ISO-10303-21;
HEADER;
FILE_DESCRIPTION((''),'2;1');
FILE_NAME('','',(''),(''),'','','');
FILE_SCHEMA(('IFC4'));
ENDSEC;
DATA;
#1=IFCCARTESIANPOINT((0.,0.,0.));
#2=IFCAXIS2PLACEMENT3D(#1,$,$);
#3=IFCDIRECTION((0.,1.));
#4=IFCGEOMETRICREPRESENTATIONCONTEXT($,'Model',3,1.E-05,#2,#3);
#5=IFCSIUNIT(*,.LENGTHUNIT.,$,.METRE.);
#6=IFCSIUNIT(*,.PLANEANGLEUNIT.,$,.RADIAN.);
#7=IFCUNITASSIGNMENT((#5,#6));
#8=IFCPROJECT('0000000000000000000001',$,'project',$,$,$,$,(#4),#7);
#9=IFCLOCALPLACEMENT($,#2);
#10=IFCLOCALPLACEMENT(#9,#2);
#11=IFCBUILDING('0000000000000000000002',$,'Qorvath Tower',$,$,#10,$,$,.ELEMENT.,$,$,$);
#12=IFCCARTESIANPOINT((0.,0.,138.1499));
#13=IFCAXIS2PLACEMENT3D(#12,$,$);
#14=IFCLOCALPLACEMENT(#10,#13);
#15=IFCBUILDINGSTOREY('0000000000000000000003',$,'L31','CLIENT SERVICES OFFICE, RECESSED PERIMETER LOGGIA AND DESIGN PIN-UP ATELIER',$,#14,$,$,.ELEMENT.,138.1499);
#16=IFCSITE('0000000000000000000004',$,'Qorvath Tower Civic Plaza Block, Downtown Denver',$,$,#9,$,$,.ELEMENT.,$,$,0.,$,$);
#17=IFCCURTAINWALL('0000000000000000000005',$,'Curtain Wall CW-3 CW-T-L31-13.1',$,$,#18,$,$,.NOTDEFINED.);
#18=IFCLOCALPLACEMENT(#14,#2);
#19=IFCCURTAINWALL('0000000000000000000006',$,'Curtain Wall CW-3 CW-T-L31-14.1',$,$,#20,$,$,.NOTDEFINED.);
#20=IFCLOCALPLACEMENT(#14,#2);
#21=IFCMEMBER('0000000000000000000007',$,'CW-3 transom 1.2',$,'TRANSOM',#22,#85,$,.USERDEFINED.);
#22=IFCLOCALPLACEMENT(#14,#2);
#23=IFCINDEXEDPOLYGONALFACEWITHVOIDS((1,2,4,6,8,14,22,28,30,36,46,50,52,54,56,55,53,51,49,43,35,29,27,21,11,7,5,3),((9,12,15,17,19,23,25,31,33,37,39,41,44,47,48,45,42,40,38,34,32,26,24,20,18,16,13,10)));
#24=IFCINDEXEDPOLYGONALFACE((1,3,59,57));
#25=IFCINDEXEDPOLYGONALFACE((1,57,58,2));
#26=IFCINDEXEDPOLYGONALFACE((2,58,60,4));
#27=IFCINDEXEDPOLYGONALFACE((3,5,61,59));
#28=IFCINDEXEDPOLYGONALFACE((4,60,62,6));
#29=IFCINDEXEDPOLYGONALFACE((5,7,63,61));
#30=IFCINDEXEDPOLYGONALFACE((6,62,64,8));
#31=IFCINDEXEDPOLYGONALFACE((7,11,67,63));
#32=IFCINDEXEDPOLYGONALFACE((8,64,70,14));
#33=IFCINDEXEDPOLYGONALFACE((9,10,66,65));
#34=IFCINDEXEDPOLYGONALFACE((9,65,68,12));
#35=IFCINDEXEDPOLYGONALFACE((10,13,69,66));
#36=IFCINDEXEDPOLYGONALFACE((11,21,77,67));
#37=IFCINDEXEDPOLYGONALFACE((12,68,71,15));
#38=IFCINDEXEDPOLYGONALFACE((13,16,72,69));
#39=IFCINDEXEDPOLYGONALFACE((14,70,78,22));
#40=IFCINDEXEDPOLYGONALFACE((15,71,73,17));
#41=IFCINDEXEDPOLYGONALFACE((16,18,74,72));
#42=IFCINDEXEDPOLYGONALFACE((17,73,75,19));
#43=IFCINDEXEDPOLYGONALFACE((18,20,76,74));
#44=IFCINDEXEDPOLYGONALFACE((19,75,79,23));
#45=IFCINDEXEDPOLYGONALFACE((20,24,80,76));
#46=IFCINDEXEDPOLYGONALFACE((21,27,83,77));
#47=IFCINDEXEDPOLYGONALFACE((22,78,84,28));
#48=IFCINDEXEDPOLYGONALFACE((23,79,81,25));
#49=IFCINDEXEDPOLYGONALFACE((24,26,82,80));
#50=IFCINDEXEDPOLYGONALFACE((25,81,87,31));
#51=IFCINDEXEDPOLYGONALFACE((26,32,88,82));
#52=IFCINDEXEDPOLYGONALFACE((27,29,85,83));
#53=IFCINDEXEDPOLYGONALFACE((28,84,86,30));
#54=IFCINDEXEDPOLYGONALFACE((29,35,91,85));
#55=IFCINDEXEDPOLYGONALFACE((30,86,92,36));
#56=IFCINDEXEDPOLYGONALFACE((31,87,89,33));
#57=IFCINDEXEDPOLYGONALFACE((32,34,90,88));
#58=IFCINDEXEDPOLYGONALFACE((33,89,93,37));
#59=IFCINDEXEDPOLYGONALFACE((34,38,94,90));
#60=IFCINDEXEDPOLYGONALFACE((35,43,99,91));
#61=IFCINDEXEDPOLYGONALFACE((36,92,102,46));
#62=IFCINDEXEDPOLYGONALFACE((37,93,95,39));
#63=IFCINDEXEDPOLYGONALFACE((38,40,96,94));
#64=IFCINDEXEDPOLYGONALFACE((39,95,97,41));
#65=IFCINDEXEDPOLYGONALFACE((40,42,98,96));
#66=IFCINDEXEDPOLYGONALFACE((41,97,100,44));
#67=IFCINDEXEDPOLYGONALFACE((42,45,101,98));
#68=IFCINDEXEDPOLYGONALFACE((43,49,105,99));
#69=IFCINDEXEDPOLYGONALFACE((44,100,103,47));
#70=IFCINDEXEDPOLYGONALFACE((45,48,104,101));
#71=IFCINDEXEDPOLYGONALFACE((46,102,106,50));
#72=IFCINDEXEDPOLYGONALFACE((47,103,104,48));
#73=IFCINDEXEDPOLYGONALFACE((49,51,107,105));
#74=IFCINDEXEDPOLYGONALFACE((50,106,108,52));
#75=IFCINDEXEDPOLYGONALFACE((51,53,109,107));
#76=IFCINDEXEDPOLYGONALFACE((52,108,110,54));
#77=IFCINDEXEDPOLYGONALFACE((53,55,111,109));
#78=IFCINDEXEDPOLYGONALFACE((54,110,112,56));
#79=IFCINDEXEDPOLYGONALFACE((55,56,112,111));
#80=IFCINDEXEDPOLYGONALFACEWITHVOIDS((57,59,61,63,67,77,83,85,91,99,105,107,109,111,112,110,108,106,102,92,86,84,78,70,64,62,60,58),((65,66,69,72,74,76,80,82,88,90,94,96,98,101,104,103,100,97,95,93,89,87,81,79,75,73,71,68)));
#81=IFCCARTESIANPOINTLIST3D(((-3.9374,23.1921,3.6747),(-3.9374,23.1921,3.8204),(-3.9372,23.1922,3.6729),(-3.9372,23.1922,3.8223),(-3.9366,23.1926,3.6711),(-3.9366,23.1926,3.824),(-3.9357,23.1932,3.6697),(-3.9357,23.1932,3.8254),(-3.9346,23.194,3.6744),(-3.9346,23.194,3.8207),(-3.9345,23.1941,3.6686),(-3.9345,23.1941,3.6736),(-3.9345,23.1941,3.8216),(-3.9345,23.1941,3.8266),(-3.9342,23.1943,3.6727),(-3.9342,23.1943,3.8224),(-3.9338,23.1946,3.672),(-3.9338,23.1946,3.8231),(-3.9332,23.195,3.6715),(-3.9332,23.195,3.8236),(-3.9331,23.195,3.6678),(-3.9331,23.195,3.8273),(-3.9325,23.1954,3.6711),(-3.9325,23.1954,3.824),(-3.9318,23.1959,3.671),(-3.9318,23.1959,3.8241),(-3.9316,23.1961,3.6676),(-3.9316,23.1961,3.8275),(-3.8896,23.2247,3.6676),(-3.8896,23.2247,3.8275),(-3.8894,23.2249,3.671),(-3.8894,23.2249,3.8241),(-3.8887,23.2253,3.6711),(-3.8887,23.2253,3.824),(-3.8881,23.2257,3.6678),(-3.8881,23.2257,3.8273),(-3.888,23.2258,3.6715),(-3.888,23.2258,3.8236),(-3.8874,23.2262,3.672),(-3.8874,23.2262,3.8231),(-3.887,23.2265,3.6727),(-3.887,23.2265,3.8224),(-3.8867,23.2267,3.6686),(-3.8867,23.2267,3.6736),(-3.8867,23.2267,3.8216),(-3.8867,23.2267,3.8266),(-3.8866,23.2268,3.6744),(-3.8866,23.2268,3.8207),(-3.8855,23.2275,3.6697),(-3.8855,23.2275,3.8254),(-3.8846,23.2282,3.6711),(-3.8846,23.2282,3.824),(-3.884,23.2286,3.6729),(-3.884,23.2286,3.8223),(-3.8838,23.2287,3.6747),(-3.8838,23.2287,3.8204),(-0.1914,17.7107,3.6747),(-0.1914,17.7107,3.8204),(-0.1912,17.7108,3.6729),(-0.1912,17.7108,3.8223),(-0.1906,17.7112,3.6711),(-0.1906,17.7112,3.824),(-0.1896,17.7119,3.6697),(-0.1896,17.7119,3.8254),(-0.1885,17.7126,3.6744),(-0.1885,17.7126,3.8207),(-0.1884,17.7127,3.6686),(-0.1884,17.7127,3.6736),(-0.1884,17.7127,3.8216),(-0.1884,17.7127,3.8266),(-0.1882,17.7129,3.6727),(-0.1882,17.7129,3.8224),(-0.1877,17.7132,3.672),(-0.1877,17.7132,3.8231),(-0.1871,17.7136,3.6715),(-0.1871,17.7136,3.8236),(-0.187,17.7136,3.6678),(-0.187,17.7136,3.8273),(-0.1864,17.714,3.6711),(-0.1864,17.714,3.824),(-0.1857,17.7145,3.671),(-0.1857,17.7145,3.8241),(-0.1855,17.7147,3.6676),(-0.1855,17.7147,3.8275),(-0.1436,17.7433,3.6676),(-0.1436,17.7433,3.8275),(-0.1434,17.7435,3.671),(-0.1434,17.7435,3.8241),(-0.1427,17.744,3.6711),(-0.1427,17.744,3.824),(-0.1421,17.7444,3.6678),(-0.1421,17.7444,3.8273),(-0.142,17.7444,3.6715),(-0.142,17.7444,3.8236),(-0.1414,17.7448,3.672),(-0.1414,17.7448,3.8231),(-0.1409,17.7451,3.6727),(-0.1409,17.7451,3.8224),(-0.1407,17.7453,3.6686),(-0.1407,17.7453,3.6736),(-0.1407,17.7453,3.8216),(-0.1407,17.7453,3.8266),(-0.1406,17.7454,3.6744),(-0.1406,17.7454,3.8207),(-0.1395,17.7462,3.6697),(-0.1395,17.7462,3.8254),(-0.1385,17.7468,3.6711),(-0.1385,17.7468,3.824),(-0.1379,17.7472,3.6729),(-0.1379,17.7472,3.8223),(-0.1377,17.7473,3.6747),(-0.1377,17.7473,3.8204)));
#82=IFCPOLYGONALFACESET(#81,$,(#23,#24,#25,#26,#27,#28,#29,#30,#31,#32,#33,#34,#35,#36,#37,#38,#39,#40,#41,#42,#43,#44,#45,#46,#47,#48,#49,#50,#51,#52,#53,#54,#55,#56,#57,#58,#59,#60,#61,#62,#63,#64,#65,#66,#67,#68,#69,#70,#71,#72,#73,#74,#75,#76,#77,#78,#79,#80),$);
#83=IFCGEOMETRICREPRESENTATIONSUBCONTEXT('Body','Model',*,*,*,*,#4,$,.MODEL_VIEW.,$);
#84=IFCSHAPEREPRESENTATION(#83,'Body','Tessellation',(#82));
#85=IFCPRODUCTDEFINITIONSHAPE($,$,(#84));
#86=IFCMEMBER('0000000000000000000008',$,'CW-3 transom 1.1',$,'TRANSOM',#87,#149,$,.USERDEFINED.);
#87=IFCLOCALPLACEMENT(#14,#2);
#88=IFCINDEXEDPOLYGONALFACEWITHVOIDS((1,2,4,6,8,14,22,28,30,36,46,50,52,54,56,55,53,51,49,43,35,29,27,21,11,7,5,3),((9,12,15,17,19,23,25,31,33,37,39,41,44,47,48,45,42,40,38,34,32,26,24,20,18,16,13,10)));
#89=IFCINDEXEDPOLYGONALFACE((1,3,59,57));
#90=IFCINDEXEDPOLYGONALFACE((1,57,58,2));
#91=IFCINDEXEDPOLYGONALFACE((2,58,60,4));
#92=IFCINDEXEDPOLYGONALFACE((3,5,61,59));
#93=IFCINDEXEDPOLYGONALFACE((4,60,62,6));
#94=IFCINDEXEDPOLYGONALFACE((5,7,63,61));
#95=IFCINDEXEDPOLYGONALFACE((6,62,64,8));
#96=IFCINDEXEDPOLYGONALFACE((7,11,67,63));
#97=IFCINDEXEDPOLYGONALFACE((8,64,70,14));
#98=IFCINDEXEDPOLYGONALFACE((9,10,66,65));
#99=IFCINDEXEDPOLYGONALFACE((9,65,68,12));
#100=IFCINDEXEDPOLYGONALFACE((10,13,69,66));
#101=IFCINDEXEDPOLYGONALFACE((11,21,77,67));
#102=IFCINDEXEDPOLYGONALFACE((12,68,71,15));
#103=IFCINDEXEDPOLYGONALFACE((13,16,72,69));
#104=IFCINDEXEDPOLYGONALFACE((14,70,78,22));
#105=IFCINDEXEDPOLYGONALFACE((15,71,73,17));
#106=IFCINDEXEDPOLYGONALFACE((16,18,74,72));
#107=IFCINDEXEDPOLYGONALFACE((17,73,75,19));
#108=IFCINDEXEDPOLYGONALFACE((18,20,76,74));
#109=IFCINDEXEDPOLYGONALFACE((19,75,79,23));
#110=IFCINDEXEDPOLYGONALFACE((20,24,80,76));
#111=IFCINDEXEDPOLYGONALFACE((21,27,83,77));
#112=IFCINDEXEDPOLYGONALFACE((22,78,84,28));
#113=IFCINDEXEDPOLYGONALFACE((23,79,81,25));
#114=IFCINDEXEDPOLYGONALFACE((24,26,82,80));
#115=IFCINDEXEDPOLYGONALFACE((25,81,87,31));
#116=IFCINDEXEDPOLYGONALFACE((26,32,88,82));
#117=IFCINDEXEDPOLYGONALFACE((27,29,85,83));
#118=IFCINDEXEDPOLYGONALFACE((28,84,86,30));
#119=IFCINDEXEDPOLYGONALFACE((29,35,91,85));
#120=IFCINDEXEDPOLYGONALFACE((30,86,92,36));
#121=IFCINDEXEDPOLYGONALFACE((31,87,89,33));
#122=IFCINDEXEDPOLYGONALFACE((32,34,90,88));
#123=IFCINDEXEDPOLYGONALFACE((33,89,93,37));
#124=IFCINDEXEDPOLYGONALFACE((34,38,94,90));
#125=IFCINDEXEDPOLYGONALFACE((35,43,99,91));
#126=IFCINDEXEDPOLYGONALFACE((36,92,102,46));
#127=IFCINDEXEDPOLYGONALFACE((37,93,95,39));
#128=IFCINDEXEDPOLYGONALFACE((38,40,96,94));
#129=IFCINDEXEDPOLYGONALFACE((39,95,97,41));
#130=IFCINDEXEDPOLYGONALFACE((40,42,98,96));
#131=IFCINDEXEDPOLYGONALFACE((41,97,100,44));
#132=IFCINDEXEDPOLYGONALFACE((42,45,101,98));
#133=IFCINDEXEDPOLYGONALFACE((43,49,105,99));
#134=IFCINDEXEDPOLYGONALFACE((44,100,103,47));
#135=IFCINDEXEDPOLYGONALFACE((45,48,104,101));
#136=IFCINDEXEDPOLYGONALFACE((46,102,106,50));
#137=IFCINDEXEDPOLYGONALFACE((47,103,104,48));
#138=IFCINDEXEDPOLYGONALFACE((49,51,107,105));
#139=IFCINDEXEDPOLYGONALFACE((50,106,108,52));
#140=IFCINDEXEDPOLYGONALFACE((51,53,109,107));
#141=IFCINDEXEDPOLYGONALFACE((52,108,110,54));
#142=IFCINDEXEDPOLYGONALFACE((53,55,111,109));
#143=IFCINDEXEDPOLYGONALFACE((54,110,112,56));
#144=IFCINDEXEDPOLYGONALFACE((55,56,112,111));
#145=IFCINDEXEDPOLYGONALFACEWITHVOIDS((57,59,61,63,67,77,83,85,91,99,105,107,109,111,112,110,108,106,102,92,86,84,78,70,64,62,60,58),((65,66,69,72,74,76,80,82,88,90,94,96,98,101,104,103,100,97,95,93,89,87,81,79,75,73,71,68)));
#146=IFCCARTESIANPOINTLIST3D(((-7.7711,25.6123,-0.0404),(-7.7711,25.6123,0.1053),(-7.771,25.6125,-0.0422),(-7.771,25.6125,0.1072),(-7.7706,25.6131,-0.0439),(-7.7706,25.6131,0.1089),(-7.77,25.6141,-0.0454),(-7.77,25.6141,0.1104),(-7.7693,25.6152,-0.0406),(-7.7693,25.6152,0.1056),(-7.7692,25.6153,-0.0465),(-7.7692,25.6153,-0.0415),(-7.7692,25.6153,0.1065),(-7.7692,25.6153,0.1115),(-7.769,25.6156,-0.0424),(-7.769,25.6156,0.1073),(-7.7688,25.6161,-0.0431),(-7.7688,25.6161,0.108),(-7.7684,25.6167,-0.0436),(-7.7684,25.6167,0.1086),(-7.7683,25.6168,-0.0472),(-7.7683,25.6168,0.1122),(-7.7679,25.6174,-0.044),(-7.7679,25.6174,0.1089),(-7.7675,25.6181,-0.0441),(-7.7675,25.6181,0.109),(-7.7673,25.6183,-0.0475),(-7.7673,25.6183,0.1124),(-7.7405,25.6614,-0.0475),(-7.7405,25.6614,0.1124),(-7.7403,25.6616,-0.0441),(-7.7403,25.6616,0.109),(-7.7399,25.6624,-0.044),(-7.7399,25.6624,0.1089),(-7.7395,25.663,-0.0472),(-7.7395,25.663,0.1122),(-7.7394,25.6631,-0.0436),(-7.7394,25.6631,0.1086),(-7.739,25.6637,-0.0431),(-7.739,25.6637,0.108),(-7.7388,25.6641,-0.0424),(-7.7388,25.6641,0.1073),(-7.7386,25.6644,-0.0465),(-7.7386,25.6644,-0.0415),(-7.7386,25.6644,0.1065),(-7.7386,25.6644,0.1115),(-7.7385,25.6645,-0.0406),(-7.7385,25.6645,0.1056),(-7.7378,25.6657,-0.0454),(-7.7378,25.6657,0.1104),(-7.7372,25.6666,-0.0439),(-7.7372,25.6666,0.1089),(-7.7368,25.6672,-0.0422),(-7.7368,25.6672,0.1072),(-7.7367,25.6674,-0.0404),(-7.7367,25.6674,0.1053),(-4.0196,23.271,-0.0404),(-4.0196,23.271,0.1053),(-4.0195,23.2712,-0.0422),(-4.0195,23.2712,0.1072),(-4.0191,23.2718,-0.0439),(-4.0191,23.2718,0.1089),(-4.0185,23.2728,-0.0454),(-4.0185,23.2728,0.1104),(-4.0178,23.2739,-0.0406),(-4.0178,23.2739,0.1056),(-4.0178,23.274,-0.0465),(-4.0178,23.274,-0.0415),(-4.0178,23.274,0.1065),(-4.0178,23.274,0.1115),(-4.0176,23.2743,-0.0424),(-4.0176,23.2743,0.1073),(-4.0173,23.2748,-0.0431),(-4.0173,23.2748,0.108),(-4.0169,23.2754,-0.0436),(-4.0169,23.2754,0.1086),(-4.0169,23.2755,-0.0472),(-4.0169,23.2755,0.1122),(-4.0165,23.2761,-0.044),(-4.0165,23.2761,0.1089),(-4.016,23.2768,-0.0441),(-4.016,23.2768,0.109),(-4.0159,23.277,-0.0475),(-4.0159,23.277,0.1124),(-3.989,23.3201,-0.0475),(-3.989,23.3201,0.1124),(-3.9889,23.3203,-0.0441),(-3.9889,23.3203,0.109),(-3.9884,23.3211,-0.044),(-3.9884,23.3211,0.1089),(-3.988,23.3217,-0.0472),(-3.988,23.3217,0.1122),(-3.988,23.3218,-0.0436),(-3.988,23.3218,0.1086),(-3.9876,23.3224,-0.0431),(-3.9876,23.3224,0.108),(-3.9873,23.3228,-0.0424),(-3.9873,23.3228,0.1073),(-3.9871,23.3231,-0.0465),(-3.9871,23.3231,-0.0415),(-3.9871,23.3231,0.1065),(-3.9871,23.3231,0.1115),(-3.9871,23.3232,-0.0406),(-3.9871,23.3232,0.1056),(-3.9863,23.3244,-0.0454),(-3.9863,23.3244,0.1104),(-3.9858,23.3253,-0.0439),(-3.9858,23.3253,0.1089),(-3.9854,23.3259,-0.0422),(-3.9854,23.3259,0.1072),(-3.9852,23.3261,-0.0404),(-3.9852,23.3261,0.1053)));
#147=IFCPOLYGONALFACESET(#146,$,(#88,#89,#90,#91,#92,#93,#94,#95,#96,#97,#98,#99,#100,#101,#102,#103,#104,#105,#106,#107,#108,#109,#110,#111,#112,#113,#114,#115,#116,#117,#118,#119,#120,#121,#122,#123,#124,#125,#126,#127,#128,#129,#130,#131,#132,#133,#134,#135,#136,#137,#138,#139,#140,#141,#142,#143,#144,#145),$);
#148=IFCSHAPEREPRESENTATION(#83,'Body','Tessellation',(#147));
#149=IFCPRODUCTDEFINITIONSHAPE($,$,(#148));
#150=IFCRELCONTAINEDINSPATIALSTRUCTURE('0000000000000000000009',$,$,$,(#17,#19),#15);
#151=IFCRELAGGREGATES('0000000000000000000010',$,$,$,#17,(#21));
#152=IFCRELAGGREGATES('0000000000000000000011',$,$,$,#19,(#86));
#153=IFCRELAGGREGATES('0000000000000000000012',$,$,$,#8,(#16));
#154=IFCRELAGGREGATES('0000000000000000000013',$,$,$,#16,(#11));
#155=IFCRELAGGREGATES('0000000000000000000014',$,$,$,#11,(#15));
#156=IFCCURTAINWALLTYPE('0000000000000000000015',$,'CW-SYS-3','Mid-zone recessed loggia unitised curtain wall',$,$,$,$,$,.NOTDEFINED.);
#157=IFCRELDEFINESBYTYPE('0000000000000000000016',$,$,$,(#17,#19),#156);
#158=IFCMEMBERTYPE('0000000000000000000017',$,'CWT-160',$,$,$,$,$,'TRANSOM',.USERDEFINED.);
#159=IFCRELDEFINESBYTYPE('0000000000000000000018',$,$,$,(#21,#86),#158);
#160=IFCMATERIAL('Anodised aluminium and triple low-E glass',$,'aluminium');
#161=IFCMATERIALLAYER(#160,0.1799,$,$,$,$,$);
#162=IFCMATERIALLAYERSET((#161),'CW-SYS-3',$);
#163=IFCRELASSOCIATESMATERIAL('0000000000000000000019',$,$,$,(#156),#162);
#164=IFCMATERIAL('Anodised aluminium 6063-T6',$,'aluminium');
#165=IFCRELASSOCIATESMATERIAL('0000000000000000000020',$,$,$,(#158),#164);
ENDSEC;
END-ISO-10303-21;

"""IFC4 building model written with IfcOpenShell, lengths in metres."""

from ifc_helpers import new_model, si_unit, direction, frame, origin, origin_2d, place, context, subcontext, project, spatial, hollow_rectangle, extrude, material, layer, layer_set, material_profile, profile_set, type_object, element, aggregate, save


model = new_model("IFC4")

# Units and contexts
model_context = context("Model", 3, precision=1e-05, world=origin(), true_north=direction((0.0, 1.0)))
body_context = subcontext(model_context, "Body", "Model", "MODEL_VIEW")
ifc_project = project(units=[si_unit("LENGTHUNIT", "METRE"), si_unit("PLANEANGLEUNIT", "RADIAN")], contexts=[model_context])

# Site, building, storey
site_placement = place(None, origin())
site = spatial("IfcSite", under=ifc_project, at=site_placement, Name="Qorvath Tower Civic Plaza Block, Downtown Denver", CompositionType="ELEMENT", RefElevation=0.0)
building_placement = place(site_placement, origin())
building = spatial("IfcBuilding", under=site, at=building_placement, Name="Qorvath Tower", CompositionType="ELEMENT")
storey_placement = place(building_placement, frame((0.0, 0.0, 138.1499)))
storey = spatial("IfcBuildingStorey", under=building, at=storey_placement, Name="L31", Description="CLIENT SERVICES OFFICE, RECESSED PERIMETER LOGGIA AND DESIGN PIN-UP ATELIER", CompositionType="ELEMENT", Elevation=138.1499)

# Shared definitions
ifc_material_1 = material(Name="Anodised aluminium and triple low-E glass", Category="aluminium")
ifc_layer_1 = layer(ifc_material_1, 0.1799)
ifc_layer_set_1 = layer_set([ifc_layer_1], Name="CW-SYS-3")
curtain_wall_type = type_object("IfcCurtainWallType", Name="CW-SYS-3", Description="Mid-zone recessed loggia unitised curtain wall", PredefinedType="NOTDEFINED", material=ifc_layer_set_1)

# Curtain walls
curtain_wall_1_placement = place(storey_placement, origin())
curtain_wall_1 = element("IfcCurtainWall", 1, at=curtain_wall_1_placement, inside=storey, type_object=curtain_wall_type, Name="Curtain Wall CW-3 CW-T-L31-13.1", PredefinedType="NOTDEFINED")
curtain_wall_2_placement = place(storey_placement, origin())
curtain_wall_2 = element("IfcCurtainWall", 2, at=curtain_wall_2_placement, inside=storey, type_object=curtain_wall_type, Name="Curtain Wall CW-3 CW-T-L31-14.1", PredefinedType="NOTDEFINED")

# Members
ifc_material_2 = material(Name="Anodised aluminium 6063-T6", Category="aluminium")
ifc_material_profile_1 = material_profile(ifc_material_2, hollow_rectangle(XDim=0.0649, YDim=0.1599, WallThickness=0.0034, InnerFilletRadius=0.0034, OuterFilletRadius=0.0071, at=origin_2d()), Name="CWT 160x65")
ifc_profile_set_1 = profile_set([ifc_material_profile_1], Name="Anodised aluminium 6063-T6")
member_type_1 = type_object("IfcMemberType", Name="CWT-160", ElementType="TRANSOM", PredefinedType="USERDEFINED", material=ifc_profile_set_1)
member_1_placement = place(storey_placement, frame((-0.1646, 17.729, 3.7476), z_axis=(-0.564236, 0.825614, 0.0), x_axis=(-0.825614, -0.564236, 0.0)))
member_1 = element("IfcMember", 3, at=member_1_placement, type_object=member_type_1, Name="CW-3 transom 1.2", ObjectType="TRANSOM", PredefinedType="USERDEFINED", context=body_context, shape_type="SweptSolid", body=[
    extrude(hollow_rectangle(XDim=0.0649, YDim=0.1599, WallThickness=0.0034, InnerFilletRadius=0.0034, OuterFilletRadius=0.0071, at=origin_2d()), origin(), (0.0, 0.0, 1.0), 6.6392),
])
member_2_placement = place(storey_placement, frame((-4.0024, 23.2986, 0.0325), z_axis=(-0.848339, 0.529453, 0.0), x_axis=(-0.529453, -0.848339, 0.0)))
member_2 = element("IfcMember", 4, at=member_2_placement, type_object=member_type_1, Name="CW-3 transom 1.1", ObjectType="TRANSOM", PredefinedType="USERDEFINED", context=body_context, shape_type="SweptSolid", body=[
    extrude(hollow_rectangle(XDim=0.0649, YDim=0.1599, WallThickness=0.0034, InnerFilletRadius=0.0034, OuterFilletRadius=0.0071, at=origin_2d()), origin(), (0.0, 0.0, 1.0), 4.4221),
])

aggregate(curtain_wall_1, [member_1])
aggregate(curtain_wall_2, [member_2])

save(model, "model.ifc")
